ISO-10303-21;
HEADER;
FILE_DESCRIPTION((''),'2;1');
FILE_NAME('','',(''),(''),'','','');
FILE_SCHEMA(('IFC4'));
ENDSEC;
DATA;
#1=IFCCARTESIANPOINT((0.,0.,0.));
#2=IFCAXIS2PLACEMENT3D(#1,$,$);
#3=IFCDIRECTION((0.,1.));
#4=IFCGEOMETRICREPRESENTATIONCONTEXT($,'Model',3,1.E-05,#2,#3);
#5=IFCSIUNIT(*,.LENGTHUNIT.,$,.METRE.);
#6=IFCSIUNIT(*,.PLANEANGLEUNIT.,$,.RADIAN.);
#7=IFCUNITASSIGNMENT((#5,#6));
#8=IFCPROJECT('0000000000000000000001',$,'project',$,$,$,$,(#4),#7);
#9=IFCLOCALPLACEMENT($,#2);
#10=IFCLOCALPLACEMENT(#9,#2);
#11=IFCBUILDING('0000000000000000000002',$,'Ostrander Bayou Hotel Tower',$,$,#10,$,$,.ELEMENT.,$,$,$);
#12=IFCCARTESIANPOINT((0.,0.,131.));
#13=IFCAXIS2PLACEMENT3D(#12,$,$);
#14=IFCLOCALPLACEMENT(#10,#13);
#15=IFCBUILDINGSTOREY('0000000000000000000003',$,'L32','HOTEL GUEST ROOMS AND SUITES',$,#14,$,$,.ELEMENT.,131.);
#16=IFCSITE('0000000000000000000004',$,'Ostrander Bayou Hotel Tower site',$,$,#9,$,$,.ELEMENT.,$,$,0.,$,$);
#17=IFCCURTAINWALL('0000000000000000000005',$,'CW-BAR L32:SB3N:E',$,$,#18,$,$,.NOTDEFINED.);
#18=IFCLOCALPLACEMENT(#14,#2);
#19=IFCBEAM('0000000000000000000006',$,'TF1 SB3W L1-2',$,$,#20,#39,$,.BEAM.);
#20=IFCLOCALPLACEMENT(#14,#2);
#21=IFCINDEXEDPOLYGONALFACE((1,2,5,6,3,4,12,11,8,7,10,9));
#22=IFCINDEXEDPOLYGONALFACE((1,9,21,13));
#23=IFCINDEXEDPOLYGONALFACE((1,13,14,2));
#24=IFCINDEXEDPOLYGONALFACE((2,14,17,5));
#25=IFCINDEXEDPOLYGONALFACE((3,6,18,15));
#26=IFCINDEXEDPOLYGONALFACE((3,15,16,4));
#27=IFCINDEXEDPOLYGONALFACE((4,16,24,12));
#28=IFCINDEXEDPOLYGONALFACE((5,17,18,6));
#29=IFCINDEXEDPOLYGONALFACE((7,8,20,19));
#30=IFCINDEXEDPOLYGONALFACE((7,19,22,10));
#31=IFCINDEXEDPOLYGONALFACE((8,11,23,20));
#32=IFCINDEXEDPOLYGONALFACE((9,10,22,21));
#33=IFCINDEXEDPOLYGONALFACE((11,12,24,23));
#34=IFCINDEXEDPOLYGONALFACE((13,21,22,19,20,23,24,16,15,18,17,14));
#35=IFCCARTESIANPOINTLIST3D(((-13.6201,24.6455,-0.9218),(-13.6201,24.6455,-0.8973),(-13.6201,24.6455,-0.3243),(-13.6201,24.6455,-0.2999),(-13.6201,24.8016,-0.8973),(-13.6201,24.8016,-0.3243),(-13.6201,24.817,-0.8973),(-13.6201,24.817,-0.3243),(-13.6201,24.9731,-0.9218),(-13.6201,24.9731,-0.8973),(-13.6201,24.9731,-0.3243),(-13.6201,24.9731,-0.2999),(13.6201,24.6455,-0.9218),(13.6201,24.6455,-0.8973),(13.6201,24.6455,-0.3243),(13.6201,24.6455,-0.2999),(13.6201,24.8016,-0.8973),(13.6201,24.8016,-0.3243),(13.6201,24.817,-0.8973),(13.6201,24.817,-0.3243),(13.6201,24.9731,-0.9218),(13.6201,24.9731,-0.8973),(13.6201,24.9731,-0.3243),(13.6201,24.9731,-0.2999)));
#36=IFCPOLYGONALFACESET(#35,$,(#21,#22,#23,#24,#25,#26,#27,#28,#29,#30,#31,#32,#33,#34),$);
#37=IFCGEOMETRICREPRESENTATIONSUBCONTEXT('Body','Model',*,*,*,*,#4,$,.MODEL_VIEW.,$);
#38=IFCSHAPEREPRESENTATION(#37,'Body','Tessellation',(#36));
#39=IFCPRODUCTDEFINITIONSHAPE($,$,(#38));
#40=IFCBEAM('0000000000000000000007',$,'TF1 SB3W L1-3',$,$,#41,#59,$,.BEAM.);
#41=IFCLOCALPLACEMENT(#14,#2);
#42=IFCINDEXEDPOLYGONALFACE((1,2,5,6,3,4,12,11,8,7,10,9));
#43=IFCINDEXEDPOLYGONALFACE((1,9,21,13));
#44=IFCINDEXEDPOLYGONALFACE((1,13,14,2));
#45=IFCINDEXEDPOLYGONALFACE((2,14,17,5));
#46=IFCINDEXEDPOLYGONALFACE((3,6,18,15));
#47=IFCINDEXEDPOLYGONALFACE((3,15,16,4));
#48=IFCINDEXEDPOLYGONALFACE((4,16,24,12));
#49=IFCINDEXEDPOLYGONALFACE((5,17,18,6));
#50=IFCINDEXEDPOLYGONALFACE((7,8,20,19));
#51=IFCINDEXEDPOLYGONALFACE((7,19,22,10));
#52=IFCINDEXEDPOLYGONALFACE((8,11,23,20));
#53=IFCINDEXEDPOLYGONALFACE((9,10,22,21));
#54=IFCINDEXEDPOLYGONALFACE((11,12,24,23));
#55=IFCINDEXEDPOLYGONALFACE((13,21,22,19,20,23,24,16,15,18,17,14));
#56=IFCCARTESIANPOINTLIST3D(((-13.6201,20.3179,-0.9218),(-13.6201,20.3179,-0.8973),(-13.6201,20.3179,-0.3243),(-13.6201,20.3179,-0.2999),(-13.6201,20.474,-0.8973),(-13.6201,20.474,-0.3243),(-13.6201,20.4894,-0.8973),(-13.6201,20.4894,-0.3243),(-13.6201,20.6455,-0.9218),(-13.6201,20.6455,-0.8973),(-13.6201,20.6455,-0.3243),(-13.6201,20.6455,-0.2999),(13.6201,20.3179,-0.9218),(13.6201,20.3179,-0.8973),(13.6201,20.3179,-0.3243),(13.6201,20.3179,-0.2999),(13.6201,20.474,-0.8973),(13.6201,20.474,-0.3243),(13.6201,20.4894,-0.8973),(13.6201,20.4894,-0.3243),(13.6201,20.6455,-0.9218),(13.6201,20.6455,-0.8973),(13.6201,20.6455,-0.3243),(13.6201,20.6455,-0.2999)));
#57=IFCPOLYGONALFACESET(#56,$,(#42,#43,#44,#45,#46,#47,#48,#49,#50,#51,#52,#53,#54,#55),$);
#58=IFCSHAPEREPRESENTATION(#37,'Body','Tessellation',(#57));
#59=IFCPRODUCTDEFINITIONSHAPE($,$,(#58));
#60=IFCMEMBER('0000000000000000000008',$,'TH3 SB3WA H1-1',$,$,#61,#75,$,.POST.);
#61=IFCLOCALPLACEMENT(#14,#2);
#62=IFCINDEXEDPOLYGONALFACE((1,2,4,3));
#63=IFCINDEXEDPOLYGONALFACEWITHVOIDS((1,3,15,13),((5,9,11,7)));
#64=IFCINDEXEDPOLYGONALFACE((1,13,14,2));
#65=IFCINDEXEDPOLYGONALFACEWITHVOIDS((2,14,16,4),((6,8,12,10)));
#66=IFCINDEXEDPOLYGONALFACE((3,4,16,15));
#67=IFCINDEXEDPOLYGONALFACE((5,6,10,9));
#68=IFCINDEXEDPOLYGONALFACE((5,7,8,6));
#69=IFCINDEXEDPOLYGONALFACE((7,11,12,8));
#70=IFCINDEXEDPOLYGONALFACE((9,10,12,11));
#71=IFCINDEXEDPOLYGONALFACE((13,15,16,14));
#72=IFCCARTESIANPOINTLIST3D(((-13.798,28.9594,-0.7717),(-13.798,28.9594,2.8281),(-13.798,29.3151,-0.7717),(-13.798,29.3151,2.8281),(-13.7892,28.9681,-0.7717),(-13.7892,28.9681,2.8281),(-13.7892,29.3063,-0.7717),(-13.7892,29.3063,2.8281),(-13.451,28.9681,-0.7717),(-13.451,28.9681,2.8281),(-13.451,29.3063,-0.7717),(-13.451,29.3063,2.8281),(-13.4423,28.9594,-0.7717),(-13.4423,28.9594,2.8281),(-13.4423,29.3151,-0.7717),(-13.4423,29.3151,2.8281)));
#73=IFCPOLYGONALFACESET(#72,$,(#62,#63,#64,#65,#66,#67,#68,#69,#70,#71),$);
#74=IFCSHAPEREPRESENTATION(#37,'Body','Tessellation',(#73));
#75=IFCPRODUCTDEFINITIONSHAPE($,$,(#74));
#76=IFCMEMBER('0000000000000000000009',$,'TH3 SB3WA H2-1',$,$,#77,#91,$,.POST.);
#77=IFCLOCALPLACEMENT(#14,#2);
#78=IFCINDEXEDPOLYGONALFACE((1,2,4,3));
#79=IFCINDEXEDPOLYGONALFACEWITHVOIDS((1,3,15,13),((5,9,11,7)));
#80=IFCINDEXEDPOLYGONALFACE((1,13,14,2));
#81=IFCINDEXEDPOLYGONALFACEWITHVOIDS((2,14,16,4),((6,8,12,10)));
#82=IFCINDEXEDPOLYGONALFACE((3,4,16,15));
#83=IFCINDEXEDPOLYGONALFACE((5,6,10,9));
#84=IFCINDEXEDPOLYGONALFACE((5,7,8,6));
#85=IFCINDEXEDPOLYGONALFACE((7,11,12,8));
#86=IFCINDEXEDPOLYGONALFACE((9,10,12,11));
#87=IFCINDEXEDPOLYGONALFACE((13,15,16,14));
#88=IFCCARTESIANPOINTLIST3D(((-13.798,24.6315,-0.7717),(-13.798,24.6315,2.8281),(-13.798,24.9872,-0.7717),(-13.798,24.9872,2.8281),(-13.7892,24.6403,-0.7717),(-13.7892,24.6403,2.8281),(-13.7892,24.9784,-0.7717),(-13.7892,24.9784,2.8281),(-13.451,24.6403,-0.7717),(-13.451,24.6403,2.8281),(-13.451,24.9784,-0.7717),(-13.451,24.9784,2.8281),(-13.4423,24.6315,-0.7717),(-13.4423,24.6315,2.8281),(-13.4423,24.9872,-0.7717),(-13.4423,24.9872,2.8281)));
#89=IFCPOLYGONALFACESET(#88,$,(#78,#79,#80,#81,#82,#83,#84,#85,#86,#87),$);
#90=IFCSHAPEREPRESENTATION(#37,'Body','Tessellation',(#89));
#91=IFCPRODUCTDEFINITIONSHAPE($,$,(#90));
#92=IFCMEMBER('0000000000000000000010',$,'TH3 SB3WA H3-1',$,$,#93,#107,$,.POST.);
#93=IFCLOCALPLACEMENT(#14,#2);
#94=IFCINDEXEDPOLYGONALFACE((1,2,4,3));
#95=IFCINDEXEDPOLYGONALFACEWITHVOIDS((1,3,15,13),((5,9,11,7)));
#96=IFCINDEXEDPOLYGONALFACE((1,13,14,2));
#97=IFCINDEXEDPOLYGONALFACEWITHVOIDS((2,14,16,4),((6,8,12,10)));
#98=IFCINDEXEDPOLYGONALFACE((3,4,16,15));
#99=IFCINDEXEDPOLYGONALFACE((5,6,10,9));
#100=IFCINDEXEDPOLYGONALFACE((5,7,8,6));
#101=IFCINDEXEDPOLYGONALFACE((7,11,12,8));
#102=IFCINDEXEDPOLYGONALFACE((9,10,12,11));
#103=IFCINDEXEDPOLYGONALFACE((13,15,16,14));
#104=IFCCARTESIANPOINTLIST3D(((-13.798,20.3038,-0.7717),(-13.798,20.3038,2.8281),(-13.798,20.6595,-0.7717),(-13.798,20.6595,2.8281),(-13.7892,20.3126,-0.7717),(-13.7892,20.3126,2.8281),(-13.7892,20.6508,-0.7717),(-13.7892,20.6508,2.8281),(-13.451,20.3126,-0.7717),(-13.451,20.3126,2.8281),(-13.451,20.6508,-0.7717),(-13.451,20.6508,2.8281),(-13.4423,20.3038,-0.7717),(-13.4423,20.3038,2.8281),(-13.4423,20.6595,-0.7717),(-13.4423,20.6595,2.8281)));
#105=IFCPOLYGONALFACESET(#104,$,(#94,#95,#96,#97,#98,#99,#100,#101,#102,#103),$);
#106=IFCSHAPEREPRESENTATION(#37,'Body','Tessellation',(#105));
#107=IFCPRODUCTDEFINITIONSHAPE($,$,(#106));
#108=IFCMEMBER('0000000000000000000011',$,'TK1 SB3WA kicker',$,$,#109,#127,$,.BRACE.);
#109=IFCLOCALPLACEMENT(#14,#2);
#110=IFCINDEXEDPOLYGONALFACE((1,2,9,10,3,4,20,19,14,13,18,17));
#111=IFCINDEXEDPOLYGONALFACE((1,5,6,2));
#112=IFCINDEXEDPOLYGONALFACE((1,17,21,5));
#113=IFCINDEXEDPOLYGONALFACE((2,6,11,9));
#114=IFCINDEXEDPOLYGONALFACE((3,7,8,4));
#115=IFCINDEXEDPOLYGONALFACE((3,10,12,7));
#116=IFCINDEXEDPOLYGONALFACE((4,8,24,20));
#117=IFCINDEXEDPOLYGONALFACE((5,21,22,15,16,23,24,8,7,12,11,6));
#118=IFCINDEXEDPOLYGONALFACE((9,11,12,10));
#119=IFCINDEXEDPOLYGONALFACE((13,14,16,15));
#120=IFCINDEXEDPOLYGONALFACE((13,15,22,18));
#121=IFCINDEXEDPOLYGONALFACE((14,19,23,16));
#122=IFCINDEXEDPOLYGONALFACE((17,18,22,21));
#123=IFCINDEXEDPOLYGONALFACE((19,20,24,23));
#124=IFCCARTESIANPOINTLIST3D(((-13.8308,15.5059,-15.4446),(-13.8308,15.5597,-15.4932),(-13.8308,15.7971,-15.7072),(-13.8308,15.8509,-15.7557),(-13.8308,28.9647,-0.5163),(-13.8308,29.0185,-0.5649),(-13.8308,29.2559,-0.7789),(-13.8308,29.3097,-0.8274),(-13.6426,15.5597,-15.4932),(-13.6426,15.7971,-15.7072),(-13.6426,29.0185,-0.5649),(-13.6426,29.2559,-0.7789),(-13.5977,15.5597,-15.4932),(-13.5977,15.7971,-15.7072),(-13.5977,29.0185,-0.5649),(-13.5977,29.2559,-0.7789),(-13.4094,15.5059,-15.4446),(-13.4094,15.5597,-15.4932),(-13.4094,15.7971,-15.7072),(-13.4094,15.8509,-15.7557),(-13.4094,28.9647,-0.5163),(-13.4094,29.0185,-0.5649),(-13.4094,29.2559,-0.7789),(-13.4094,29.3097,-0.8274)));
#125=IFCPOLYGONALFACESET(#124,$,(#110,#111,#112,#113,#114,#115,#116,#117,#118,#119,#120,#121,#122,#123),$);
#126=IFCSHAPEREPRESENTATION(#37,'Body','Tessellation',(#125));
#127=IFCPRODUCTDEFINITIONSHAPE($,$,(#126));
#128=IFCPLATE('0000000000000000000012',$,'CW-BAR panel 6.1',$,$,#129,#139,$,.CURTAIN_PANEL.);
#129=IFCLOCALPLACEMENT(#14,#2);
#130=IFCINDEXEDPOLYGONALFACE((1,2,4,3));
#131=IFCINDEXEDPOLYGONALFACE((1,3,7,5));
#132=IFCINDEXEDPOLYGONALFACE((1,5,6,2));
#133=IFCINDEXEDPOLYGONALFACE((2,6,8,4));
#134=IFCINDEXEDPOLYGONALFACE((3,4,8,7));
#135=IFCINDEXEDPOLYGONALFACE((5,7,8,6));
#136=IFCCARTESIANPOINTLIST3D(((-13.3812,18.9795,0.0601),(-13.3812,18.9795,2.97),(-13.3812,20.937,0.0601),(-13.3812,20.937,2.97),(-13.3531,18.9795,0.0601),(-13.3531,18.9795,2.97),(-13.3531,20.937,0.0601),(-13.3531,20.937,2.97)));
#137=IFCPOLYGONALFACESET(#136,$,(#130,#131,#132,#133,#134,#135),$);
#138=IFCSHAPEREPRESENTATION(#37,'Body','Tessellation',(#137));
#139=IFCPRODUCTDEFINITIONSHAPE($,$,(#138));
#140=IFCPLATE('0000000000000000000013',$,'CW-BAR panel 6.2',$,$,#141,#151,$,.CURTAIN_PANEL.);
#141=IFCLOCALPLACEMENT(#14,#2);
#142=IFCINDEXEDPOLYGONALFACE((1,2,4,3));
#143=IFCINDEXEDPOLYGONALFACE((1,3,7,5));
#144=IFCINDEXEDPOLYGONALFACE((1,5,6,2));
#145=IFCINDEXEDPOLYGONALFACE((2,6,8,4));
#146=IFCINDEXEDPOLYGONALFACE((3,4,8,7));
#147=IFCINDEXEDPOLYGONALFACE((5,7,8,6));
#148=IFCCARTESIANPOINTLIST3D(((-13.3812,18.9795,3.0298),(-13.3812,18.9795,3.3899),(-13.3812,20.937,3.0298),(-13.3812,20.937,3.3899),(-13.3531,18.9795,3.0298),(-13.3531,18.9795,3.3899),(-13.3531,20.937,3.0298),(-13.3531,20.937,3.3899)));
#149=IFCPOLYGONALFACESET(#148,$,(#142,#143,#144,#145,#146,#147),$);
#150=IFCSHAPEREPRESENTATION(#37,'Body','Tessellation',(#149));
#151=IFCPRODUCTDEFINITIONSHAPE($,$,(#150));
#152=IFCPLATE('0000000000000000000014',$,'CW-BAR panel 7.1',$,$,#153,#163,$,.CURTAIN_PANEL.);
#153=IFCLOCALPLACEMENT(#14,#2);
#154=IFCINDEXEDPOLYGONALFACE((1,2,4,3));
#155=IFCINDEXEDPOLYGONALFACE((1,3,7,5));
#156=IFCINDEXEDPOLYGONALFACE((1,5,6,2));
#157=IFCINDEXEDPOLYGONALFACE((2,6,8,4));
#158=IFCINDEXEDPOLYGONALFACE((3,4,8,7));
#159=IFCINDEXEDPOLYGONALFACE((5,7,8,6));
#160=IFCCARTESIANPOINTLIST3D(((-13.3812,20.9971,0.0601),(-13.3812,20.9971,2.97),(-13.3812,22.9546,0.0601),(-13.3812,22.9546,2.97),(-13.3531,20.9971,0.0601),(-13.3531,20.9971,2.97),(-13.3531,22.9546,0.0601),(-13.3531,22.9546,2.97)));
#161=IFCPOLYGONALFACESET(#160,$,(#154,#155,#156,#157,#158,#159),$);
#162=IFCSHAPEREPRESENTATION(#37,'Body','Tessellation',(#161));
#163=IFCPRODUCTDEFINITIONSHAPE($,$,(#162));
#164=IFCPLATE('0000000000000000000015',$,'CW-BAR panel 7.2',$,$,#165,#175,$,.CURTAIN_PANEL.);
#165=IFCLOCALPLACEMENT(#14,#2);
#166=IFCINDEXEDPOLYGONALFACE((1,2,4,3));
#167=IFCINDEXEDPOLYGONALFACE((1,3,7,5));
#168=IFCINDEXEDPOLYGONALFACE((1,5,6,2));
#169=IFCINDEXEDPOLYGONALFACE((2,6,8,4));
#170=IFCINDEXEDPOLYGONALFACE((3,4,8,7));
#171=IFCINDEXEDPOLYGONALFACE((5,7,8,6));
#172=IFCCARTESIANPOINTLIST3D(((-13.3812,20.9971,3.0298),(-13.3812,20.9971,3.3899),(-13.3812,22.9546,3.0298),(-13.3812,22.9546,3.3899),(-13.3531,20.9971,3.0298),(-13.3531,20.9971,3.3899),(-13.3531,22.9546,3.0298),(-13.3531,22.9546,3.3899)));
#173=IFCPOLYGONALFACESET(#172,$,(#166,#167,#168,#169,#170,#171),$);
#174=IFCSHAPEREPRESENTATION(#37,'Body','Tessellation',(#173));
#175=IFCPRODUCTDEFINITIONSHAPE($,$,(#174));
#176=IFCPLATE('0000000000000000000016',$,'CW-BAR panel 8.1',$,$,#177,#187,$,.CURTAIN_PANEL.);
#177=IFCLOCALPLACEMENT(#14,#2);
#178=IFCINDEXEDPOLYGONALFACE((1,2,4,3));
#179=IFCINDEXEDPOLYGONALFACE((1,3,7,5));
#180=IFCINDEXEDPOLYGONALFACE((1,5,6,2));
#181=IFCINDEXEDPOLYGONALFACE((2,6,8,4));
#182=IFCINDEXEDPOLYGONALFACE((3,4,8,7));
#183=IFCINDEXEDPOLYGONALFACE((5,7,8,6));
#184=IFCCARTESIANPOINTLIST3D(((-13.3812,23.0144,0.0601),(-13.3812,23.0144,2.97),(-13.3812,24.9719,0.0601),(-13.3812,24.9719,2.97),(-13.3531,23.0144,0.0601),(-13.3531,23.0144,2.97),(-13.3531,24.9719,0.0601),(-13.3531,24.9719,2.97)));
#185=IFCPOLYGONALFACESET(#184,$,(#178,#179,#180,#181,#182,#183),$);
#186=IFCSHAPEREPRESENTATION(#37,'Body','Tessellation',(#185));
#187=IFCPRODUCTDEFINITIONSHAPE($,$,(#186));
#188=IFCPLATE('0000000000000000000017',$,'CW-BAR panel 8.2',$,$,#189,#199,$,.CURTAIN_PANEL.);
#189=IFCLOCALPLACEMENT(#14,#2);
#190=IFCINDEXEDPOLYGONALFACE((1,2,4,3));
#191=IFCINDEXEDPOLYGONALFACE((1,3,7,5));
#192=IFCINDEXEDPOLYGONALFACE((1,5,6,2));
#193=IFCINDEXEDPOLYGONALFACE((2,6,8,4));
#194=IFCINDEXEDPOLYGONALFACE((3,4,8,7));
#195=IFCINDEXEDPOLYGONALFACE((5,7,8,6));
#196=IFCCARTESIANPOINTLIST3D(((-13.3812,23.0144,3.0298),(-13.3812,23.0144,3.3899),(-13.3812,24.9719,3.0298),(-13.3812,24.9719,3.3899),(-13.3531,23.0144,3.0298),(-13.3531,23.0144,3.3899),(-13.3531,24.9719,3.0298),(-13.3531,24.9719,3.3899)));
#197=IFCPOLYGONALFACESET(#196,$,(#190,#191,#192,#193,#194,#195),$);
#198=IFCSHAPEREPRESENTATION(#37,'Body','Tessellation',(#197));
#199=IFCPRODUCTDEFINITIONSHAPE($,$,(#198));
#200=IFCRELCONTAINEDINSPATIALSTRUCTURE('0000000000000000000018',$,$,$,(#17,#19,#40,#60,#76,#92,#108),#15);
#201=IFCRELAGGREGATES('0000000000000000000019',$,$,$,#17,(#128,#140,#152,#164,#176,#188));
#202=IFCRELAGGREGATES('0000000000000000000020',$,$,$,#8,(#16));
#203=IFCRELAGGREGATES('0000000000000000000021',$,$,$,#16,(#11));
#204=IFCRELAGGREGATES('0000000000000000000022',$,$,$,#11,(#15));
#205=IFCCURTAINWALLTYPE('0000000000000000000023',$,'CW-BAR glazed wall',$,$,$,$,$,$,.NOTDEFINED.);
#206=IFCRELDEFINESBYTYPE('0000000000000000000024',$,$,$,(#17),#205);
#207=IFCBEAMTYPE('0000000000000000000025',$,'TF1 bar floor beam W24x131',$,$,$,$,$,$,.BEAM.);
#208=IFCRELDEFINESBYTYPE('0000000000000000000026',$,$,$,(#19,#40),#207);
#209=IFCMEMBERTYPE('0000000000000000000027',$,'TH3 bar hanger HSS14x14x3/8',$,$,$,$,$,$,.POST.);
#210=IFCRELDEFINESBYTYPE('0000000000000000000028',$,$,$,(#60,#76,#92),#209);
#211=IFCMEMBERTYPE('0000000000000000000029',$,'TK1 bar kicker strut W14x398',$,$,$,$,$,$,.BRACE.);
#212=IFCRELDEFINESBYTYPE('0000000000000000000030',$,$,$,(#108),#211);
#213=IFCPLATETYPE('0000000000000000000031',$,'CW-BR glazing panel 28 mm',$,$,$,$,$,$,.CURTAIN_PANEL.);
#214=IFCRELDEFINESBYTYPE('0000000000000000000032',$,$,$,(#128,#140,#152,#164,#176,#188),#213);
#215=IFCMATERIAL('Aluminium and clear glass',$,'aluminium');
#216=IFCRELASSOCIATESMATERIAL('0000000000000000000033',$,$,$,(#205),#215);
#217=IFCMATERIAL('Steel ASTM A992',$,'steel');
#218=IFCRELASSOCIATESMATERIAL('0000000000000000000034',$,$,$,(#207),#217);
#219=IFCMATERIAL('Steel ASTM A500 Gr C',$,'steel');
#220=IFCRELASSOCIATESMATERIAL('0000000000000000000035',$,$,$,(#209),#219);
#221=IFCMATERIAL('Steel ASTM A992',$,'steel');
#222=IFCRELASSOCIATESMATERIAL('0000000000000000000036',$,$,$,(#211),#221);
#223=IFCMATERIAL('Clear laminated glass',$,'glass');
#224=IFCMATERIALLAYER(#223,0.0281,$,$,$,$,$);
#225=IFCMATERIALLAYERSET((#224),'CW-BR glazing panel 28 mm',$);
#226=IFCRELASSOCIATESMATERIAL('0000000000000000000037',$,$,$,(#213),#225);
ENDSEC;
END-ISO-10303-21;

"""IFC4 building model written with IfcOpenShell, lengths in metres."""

from ifc_helpers import new_model, si_unit, direction, frame, origin, origin_2d, place, context, subcontext, project, spatial, rectangle, hollow_rectangle, i_section, extrude, material, layer, layer_set, material_profile, profile_set, type_object, element, aggregate, save


model = new_model("IFC4")

# Units and contexts
model_context = context("Model", 3, precision=1e-05, world=origin(), true_north=direction((0.0, 1.0)))
body_context = subcontext(model_context, "Body", "Model", "MODEL_VIEW")
ifc_project = project(units=[si_unit("LENGTHUNIT", "METRE"), si_unit("PLANEANGLEUNIT", "RADIAN")], contexts=[model_context])

# Site, building, storey
site_placement = place(None, origin())
site = spatial("IfcSite", under=ifc_project, at=site_placement, Name="Ostrander Bayou Hotel Tower site", CompositionType="ELEMENT", RefElevation=0.0)
building_placement = place(site_placement, origin())
building = spatial("IfcBuilding", under=site, at=building_placement, Name="Ostrander Bayou Hotel Tower", CompositionType="ELEMENT")
storey_placement = place(building_placement, frame((0.0, 0.0, 131.0)))
storey = spatial("IfcBuildingStorey", under=building, at=storey_placement, Name="L32", Description="HOTEL GUEST ROOMS AND SUITES", CompositionType="ELEMENT", Elevation=131.0)

# Curtain wall
ifc_material_1 = material(Name="Aluminium and clear glass", Category="aluminium")
curtain_wall_type = type_object("IfcCurtainWallType", Name="CW-BAR glazed wall", PredefinedType="NOTDEFINED", material=ifc_material_1)
curtain_wall_1_placement = place(storey_placement, origin())
curtain_wall_1 = element("IfcCurtainWall", 1, at=curtain_wall_1_placement, inside=storey, type_object=curtain_wall_type, Name="CW-BAR L32:SB3N:E", PredefinedType="NOTDEFINED")

# Beams
ifc_material_2 = material(Name="Steel ASTM A992", Category="steel")
ifc_material_profile_1 = material_profile(ifc_material_2, i_section(OverallWidth=0.3276, OverallDepth=0.6218, WebThickness=0.0154, FlangeThickness=0.0244, at=origin_2d()))
ifc_profile_set_1 = profile_set([ifc_material_profile_1], Name="Steel ASTM A992")
beam_type = type_object("IfcBeamType", Name="TF1 bar floor beam W24x131", PredefinedType="BEAM", material=ifc_profile_set_1)
for number, where, z_axis, x_axis, name in (
    (2, (-13.6201, 24.8093, -0.6108), (1.0, 0.0, 0.0), (0.0, 1.0, 0.0), "TF1 SB3W L1-2"),
    (3, (-13.6201, 20.4817, -0.6108), (1.0, 0.0, 0.0), (0.0, 1.0, 0.0), "TF1 SB3W L1-3"),
):
    element("IfcBeam", number, at=place(storey_placement, frame(where, z_axis=z_axis, x_axis=x_axis)), inside=storey, type_object=beam_type, Name=name, PredefinedType="BEAM", context=body_context, shape_type="SweptSolid", body=[
        extrude(i_section(OverallWidth=0.3276, OverallDepth=0.6218, WebThickness=0.0154, FlangeThickness=0.0244, at=origin_2d()), origin(), (0.0, 0.0, 1.0), 27.2402),
    ])

# Members
ifc_material_3 = material(Name="Steel ASTM A500 Gr C", Category="steel")
ifc_material_profile_2 = material_profile(ifc_material_3, hollow_rectangle(XDim=0.3557, YDim=0.3557, WallThickness=0.0088, at=origin_2d()))
ifc_profile_set_2 = profile_set([ifc_material_profile_2], Name="Steel ASTM A500 Gr C")
member_type_1 = type_object("IfcMemberType", Name="TH3 bar hanger HSS14x14x3/8", PredefinedType="POST", material=ifc_profile_set_2)
for number, where, z_axis, x_axis, name in (
    (4, (-13.6201, 29.1372, -0.7717), (0.0, 0.0, 1.0), (1.0, 0.0, 0.0), "TH3 SB3WA H1-1"),
    (5, (-13.6201, 24.8093, -0.7717), (0.0, 0.0, 1.0), (1.0, 0.0, 0.0), "TH3 SB3WA H2-1"),
    (6, (-13.6201, 20.4817, -0.7717), (0.0, 0.0, 1.0), (1.0, 0.0, 0.0), "TH3 SB3WA H3-1"),
):
    element("IfcMember", number, at=place(storey_placement, frame(where, z_axis=z_axis, x_axis=x_axis)), inside=storey, type_object=member_type_1, Name=name, PredefinedType="POST", context=body_context, shape_type="SweptSolid", body=[
        extrude(hollow_rectangle(XDim=0.3557, YDim=0.3557, WallThickness=0.0088, at=origin_2d()), origin(), (0.0, 0.0, 1.0), 3.5999),
    ])
ifc_material_4 = material(Name="Steel ASTM A992", Category="steel")
ifc_material_profile_3 = material_profile(ifc_material_4, i_section(OverallWidth=0.4214, OverallDepth=0.4646, WebThickness=0.0449, FlangeThickness=0.0725, at=origin_2d()))
ifc_profile_set_3 = profile_set([ifc_material_profile_3], Name="Steel ASTM A992")
member_type_2 = type_object("IfcMemberType", Name="TK1 bar kicker strut W14x398", PredefinedType="BRACE", material=ifc_profile_set_3)
member_1_placement = place(storey_placement, frame((-13.6201, 29.1372, -0.6719), z_axis=(0.0, -0.669606, -0.742716), x_axis=(1.0, 0.0, 0.0)))
element("IfcMember", 7, at=member_1_placement, inside=storey, type_object=member_type_2, Name="TK1 SB3WA kicker", PredefinedType="BRACE", context=body_context, shape_type="SweptSolid", body=[
    extrude(i_section(OverallWidth=0.4214, OverallDepth=0.4646, WebThickness=0.0449, FlangeThickness=0.0725, at=origin_2d()), origin(), (0.0, 0.0, 1.0), 20.0996),
])

# Plates
ifc_material_5 = material(Name="Clear laminated glass", Category="glass")
ifc_layer_1 = layer(ifc_material_5, 0.0281)
ifc_layer_set_1 = layer_set([ifc_layer_1], Name="CW-BR glazing panel 28 mm")
plate_type = type_object("IfcPlateType", Name="CW-BR glazing panel 28 mm", PredefinedType="CURTAIN_PANEL", material=ifc_layer_set_1)
plate_1_placement = place(storey_placement, frame((-13.3672, 19.9583, 0.0601), z_axis=(0.0, 0.0, 1.0), x_axis=(0.0, 1.0, 0.0)))
plate_1 = element("IfcPlate", 8, at=plate_1_placement, type_object=plate_type, Name="CW-BAR panel 6.1", PredefinedType="CURTAIN_PANEL", context=body_context, shape_type="SweptSolid", body=[
    extrude(rectangle(XDim=1.9575, YDim=0.0281, at=origin_2d()), origin(), (0.0, 0.0, 1.0), 2.9099),
])
plate_2_placement = place(storey_placement, frame((-13.3672, 19.9583, 3.0298), z_axis=(0.0, 0.0, 1.0), x_axis=(0.0, 1.0, 0.0)))
plate_2 = element("IfcPlate", 9, at=plate_2_placement, type_object=plate_type, Name="CW-BAR panel 6.2", PredefinedType="CURTAIN_PANEL", context=body_context, shape_type="SweptSolid", body=[
    extrude(rectangle(XDim=1.9575, YDim=0.0281, at=origin_2d()), origin(), (0.0, 0.0, 1.0), 0.3601),
])
plate_3_placement = place(storey_placement, frame((-13.3672, 21.9758, 0.0601), z_axis=(0.0, 0.0, 1.0), x_axis=(0.0, 1.0, 0.0)))
plate_3 = element("IfcPlate", 10, at=plate_3_placement, type_object=plate_type, Name="CW-BAR panel 7.1", PredefinedType="CURTAIN_PANEL", context=body_context, shape_type="SweptSolid", body=[
    extrude(rectangle(XDim=1.9575, YDim=0.0281, at=origin_2d()), origin(), (0.0, 0.0, 1.0), 2.9099),
])
plate_4_placement = place(storey_placement, frame((-13.3672, 21.9758, 3.0298), z_axis=(0.0, 0.0, 1.0), x_axis=(0.0, 1.0, 0.0)))
plate_4 = element("IfcPlate", 11, at=plate_4_placement, type_object=plate_type, Name="CW-BAR panel 7.2", PredefinedType="CURTAIN_PANEL", context=body_context, shape_type="SweptSolid", body=[
    extrude(rectangle(XDim=1.9575, YDim=0.0281, at=origin_2d()), origin(), (0.0, 0.0, 1.0), 0.3601),
])
plate_5_placement = place(storey_placement, frame((-13.3672, 23.9932, 0.0601), z_axis=(0.0, 0.0, 1.0), x_axis=(0.0, 1.0, 0.0)))
plate_5 = element("IfcPlate", 12, at=plate_5_placement, type_object=plate_type, Name="CW-BAR panel 8.1", PredefinedType="CURTAIN_PANEL", context=body_context, shape_type="SweptSolid", body=[
    extrude(rectangle(XDim=1.9575, YDim=0.0281, at=origin_2d()), origin(), (0.0, 0.0, 1.0), 2.9099),
])
plate_6_placement = place(storey_placement, frame((-13.3672, 23.9932, 3.0298), z_axis=(0.0, 0.0, 1.0), x_axis=(0.0, 1.0, 0.0)))
plate_6 = element("IfcPlate", 13, at=plate_6_placement, type_object=plate_type, Name="CW-BAR panel 8.2", PredefinedType="CURTAIN_PANEL", context=body_context, shape_type="SweptSolid", body=[
    extrude(rectangle(XDim=1.9575, YDim=0.0281, at=origin_2d()), origin(), (0.0, 0.0, 1.0), 0.3601),
])
aggregate(curtain_wall_1, [plate_1, plate_2, plate_3, plate_4, plate_5, plate_6])

save(model, "model.ifc")
